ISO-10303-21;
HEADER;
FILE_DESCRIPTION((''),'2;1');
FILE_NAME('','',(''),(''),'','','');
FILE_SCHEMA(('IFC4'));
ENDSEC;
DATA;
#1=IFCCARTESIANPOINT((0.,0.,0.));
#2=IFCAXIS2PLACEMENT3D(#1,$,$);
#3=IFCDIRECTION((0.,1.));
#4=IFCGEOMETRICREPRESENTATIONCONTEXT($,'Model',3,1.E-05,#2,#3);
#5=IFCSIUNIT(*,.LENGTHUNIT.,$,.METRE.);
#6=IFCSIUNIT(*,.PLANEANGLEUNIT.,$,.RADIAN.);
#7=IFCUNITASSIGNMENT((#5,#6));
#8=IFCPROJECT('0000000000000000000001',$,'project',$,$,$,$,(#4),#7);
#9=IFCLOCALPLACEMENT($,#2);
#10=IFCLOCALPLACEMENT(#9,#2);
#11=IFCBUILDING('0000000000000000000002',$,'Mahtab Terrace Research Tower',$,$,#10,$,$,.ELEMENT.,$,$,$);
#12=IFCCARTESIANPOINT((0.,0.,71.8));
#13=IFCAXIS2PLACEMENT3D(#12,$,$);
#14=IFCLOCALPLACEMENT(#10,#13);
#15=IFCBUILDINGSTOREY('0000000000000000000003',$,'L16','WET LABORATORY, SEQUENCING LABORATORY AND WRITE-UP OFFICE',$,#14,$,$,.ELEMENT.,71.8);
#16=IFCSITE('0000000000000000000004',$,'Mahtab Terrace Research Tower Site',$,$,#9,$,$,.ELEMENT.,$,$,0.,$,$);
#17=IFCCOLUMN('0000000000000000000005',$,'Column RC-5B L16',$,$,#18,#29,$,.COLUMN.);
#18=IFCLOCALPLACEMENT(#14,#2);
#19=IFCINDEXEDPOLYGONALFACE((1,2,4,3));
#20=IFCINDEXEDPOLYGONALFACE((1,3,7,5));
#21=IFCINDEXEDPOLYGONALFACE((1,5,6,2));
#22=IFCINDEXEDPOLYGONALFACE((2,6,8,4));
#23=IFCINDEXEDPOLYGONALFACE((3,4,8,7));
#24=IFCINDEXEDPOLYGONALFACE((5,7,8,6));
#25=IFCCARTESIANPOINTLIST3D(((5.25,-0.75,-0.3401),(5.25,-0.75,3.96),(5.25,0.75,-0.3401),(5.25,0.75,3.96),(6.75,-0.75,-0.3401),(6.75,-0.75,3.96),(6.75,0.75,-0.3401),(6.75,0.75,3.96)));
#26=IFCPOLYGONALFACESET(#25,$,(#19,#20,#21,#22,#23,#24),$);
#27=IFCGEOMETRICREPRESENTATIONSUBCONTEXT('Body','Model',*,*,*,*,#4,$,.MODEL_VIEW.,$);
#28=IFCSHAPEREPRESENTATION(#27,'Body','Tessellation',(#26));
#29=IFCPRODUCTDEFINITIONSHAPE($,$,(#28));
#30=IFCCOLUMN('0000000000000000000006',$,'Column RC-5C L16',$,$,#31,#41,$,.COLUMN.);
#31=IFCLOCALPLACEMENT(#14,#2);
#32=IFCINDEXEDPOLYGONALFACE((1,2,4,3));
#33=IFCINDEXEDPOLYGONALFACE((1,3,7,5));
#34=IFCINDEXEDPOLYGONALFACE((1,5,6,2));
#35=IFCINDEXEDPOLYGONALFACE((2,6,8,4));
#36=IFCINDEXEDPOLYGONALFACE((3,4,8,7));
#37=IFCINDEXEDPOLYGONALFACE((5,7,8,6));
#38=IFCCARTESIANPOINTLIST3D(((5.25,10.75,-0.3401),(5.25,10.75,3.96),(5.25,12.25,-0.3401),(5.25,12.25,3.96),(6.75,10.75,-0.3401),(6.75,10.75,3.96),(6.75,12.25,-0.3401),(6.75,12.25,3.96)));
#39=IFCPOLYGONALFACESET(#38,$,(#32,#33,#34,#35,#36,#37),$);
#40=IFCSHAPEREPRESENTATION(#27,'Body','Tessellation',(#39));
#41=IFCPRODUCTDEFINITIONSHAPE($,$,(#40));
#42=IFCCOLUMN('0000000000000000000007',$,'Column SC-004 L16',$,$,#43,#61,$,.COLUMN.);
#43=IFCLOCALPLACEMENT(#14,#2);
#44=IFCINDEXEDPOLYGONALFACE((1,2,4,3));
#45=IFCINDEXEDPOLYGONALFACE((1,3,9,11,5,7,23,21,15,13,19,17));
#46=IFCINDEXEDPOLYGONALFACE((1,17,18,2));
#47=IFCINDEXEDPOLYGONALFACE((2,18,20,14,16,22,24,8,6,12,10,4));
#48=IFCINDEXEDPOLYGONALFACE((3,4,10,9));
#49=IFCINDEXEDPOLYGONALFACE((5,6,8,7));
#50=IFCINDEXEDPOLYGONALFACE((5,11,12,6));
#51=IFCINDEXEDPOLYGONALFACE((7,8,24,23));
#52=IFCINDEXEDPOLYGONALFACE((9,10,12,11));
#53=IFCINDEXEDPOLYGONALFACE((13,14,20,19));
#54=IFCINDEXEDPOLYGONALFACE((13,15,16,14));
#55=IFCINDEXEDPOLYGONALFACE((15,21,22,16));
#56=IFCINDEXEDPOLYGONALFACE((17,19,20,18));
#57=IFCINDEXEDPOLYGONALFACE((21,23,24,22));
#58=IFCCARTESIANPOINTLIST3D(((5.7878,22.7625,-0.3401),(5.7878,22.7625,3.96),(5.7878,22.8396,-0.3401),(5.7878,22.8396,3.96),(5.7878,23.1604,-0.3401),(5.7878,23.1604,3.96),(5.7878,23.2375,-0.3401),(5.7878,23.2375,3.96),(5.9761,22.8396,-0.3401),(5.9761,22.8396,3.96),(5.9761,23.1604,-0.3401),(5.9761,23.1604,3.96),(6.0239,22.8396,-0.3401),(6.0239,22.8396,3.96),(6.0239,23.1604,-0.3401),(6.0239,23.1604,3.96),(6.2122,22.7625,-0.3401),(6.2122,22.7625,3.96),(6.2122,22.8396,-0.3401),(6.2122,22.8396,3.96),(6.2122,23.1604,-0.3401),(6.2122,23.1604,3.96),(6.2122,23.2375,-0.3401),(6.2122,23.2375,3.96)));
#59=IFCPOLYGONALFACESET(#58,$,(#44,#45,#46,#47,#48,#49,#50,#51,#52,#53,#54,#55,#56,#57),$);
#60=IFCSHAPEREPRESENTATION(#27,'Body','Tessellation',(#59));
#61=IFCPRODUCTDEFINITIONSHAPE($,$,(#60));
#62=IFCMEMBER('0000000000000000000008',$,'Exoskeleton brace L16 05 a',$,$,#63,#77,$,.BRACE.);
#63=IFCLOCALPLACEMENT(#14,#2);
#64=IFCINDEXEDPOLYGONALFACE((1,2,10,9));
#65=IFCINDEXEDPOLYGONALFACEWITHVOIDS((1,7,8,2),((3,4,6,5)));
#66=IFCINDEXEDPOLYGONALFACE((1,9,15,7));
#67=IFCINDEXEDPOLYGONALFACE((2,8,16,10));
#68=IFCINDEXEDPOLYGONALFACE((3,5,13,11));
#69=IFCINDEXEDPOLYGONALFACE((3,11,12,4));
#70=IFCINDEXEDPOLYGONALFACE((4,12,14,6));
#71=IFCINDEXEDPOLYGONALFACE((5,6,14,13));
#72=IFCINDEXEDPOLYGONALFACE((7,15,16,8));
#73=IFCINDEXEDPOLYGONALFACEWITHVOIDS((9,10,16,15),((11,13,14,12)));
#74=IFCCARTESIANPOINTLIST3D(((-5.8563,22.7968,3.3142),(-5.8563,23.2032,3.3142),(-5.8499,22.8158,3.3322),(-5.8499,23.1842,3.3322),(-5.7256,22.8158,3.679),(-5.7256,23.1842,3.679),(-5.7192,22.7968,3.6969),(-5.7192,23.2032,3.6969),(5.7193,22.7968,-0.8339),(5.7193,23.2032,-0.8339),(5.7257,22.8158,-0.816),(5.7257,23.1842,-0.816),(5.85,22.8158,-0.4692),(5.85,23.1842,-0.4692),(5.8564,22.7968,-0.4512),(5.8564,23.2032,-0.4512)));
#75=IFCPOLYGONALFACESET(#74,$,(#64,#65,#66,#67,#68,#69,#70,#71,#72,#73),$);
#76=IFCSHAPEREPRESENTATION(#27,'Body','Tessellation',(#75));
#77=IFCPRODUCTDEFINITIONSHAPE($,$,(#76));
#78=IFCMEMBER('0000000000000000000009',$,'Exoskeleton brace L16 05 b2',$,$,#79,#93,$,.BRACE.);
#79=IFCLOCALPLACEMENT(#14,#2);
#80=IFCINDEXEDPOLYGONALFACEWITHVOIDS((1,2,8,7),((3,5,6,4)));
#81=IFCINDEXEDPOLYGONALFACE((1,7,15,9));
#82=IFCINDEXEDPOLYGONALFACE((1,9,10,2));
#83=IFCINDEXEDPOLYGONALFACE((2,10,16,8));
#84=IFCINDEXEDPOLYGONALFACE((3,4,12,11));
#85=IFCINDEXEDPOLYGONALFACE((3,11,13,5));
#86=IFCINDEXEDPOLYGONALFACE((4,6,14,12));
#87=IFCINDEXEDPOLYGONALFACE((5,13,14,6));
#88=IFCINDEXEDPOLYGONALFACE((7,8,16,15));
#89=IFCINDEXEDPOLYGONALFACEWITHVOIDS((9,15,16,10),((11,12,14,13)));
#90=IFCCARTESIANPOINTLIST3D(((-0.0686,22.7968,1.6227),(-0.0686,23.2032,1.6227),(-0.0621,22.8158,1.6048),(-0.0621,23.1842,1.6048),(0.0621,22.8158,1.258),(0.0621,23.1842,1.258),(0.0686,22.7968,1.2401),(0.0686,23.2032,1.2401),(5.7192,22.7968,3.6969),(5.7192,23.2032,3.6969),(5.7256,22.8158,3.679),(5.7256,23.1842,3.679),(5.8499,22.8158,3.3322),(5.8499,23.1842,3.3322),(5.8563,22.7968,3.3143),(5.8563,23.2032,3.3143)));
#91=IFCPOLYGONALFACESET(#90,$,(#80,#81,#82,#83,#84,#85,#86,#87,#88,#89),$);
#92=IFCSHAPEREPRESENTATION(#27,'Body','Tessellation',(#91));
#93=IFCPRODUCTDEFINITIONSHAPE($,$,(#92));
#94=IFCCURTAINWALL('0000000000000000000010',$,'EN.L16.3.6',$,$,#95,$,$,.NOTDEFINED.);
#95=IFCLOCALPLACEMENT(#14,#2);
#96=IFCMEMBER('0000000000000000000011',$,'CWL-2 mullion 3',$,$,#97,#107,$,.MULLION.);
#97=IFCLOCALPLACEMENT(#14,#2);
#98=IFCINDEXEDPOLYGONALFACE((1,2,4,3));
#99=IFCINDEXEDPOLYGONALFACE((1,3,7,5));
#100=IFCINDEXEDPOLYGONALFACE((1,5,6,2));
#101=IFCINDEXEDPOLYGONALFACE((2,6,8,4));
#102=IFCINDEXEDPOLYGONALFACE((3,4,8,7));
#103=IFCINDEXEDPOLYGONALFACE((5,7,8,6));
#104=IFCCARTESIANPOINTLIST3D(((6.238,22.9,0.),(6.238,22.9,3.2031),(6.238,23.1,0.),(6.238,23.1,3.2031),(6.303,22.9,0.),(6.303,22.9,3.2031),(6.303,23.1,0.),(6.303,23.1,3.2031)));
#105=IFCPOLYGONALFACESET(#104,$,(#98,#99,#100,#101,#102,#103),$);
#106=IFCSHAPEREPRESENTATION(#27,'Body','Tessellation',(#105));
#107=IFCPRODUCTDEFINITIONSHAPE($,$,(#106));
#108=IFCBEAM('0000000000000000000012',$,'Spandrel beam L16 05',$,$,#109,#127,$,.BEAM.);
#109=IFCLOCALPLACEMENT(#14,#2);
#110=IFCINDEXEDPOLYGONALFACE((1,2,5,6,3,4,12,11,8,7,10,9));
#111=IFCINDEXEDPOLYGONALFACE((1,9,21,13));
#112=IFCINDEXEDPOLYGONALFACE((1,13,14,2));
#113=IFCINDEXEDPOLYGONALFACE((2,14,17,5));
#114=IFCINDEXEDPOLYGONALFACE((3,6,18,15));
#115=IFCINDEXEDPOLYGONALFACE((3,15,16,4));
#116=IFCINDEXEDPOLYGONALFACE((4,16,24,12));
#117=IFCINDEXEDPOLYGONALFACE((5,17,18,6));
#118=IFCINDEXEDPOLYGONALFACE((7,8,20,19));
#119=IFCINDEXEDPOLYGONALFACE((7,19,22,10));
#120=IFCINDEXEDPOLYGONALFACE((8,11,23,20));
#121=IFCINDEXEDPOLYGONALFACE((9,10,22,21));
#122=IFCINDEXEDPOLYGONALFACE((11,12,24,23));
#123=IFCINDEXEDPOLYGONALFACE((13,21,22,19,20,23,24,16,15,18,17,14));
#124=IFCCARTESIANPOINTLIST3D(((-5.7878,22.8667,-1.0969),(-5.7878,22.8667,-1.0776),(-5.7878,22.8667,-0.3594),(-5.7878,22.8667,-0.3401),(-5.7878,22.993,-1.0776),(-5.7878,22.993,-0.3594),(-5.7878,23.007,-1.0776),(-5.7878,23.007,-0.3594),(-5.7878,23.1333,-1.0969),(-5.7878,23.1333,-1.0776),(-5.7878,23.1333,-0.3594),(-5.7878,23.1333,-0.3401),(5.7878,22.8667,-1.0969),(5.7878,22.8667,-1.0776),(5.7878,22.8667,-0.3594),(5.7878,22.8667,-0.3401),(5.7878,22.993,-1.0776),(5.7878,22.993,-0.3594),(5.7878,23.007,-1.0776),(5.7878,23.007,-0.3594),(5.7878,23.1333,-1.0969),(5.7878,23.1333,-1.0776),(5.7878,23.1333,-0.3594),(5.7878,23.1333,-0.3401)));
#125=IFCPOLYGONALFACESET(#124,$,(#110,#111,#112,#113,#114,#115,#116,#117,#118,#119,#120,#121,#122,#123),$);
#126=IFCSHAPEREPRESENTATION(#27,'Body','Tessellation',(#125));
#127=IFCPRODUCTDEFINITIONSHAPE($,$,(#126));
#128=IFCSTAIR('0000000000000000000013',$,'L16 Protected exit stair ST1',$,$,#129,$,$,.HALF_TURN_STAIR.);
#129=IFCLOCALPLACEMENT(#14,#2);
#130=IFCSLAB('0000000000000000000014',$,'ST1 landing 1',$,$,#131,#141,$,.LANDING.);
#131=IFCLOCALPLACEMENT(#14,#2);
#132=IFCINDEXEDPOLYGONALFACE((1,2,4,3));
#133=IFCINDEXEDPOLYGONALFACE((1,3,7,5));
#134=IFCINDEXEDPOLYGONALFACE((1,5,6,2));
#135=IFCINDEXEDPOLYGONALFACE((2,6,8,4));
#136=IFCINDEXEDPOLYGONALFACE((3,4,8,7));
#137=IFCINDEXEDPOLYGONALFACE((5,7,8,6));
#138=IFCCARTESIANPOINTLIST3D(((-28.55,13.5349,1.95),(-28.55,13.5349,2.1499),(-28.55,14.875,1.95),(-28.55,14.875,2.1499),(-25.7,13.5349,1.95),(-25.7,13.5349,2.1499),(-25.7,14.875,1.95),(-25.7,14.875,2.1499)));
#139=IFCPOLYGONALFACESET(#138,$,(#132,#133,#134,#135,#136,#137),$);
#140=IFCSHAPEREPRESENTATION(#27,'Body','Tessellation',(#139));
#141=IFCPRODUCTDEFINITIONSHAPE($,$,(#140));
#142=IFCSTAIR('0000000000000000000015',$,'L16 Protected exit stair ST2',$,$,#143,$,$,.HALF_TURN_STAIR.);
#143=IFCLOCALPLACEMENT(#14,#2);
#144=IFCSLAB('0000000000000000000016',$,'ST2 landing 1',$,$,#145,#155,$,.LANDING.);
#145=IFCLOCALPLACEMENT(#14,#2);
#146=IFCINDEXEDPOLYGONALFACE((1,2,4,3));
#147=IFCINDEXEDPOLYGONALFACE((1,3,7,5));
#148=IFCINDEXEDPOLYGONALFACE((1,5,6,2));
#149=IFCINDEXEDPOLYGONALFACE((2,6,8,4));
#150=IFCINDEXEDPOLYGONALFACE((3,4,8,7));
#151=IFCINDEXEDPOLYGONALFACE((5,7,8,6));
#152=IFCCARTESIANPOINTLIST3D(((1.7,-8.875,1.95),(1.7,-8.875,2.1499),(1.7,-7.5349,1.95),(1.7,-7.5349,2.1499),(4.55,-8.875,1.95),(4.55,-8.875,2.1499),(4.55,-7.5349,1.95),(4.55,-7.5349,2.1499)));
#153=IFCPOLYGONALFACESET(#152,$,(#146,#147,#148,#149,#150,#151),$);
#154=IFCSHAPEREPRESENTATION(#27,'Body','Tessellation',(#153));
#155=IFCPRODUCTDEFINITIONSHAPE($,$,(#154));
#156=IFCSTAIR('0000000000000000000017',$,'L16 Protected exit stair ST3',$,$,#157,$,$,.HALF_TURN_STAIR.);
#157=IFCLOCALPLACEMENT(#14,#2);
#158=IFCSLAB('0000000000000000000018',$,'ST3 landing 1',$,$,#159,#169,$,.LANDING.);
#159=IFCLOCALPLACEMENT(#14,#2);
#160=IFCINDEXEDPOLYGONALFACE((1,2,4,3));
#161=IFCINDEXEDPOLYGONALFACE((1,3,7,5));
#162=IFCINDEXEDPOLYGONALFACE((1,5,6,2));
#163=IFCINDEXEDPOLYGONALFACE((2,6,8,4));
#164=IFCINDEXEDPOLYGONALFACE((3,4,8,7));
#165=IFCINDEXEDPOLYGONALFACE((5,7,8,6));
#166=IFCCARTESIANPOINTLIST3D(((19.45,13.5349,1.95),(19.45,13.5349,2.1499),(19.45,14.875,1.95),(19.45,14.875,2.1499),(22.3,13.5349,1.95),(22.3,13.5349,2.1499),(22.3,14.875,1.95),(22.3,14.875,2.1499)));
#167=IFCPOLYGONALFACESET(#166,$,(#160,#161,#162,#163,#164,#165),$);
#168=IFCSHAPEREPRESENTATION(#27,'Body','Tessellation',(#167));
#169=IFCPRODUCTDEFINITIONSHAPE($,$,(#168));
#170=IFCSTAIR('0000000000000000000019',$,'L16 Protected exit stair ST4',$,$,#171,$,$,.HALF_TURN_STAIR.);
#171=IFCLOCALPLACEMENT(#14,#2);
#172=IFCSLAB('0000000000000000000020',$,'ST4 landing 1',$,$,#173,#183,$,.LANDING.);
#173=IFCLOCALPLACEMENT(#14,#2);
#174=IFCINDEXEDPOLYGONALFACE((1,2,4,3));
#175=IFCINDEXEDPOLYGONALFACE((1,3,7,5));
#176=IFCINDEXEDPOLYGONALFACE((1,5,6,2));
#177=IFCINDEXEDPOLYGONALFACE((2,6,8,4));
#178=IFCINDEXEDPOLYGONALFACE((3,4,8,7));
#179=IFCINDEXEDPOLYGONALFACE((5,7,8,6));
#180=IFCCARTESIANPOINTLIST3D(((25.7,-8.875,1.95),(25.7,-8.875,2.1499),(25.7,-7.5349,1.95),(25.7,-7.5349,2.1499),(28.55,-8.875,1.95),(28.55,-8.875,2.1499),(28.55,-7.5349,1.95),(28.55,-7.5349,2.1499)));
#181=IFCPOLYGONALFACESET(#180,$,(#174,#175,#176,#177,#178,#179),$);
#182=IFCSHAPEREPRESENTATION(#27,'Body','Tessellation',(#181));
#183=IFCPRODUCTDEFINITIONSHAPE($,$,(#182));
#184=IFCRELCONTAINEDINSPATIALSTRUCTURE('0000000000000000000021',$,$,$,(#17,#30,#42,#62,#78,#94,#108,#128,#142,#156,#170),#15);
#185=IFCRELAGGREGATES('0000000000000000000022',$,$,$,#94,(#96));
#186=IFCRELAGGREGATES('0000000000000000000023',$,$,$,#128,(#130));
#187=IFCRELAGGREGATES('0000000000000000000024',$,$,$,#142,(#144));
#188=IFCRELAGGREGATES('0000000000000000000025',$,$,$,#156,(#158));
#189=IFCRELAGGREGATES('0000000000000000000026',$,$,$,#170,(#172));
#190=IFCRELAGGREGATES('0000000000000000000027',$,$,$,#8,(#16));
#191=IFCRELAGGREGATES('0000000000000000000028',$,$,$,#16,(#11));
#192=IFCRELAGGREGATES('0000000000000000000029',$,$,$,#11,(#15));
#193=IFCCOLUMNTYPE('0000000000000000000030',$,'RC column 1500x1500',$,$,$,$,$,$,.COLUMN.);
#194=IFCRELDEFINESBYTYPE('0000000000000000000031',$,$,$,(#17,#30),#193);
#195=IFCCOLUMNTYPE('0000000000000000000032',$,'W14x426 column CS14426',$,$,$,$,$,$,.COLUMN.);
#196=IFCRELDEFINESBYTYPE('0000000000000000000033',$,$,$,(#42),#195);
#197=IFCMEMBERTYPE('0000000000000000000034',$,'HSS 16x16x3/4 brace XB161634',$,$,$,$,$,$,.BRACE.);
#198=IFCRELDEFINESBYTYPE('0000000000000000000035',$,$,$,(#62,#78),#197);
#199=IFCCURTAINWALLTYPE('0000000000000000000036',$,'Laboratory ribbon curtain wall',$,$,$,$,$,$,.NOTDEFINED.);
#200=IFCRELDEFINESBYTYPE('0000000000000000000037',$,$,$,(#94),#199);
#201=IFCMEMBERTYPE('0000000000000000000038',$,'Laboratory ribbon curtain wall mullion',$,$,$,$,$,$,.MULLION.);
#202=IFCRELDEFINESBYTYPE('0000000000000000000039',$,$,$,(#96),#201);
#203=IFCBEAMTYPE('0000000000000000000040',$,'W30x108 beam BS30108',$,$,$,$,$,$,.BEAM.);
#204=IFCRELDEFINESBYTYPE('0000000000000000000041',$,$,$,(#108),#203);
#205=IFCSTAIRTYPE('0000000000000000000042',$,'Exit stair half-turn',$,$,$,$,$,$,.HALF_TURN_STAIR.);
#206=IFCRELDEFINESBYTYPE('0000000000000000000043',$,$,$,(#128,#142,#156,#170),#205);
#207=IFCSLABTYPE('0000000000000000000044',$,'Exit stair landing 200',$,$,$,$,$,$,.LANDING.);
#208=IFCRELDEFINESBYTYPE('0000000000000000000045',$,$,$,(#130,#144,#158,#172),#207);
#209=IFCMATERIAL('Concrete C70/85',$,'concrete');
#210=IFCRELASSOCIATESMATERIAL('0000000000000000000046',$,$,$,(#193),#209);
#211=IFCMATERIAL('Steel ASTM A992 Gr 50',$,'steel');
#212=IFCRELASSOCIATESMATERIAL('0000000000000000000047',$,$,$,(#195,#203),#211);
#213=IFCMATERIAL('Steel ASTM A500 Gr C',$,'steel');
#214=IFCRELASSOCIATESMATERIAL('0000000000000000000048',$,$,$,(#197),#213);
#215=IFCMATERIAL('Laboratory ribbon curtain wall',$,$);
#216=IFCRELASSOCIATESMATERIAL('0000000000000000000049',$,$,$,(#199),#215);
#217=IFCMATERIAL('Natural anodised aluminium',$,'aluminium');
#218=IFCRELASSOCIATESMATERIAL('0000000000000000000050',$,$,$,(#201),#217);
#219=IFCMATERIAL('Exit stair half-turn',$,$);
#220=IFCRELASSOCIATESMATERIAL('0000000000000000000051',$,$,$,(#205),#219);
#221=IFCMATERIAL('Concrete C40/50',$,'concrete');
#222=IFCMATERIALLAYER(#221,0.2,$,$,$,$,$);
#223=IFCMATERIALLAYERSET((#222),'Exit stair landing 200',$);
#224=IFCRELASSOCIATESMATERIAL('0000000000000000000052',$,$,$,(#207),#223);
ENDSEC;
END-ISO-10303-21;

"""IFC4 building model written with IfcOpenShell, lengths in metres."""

from ifc_helpers import new_model, si_unit, direction, frame, origin, origin_2d, place, context, subcontext, project, spatial, polyline, rectangle, hollow_rectangle, i_section, outline, extrude, material, layer, layer_set, material_profile, profile_set, type_object, element, aggregate, save


model = new_model("IFC4")

# Units and contexts
model_context = context("Model", 3, precision=1e-05, world=origin(), true_north=direction((0.0, 1.0)))
body_context = subcontext(model_context, "Body", "Model", "MODEL_VIEW")
ifc_project = project(units=[si_unit("LENGTHUNIT", "METRE"), si_unit("PLANEANGLEUNIT", "RADIAN")], contexts=[model_context])

# Site, building, storey
site_placement = place(None, origin())
site = spatial("IfcSite", under=ifc_project, at=site_placement, Name="Mahtab Terrace Research Tower Site", CompositionType="ELEMENT", RefElevation=0.0)
building_placement = place(site_placement, origin())
building = spatial("IfcBuilding", under=site, at=building_placement, Name="Mahtab Terrace Research Tower", CompositionType="ELEMENT")
storey_placement = place(building_placement, frame((0.0, 0.0, 71.8)))
storey = spatial("IfcBuildingStorey", under=building, at=storey_placement, Name="L16", Description="WET LABORATORY, SEQUENCING LABORATORY AND WRITE-UP OFFICE", CompositionType="ELEMENT", Elevation=71.8)

# Columns
ifc_material_1 = material(Name="Concrete C70/85", Category="concrete")
ifc_material_profile_1 = material_profile(ifc_material_1, rectangle(XDim=1.5, YDim=1.5, at=origin_2d()), Name="RC column 1500x1500")
ifc_profile_set_1 = profile_set([ifc_material_profile_1], Name="Concrete C70/85")
column_type_1 = type_object("IfcColumnType", Name="RC column 1500x1500", PredefinedType="COLUMN", material=ifc_profile_set_1)
for number, where, z_axis, x_axis, name in (
    (1, (6.0, 0.0, -0.3401), (0.0, 0.0, 1.0), (1.0, 0.0, 0.0), "Column RC-5B L16"),
    (2, (6.0, 11.5, -0.3401), (0.0, 0.0, 1.0), (1.0, 0.0, 0.0), "Column RC-5C L16"),
):
    element("IfcColumn", number, at=place(storey_placement, frame(where, z_axis=z_axis, x_axis=x_axis)), inside=storey, type_object=column_type_1, Name=name, PredefinedType="COLUMN", context=body_context, shape_type="SweptSolid", body=[
        extrude(rectangle(XDim=1.5, YDim=1.5, at=origin_2d()), origin(), (0.0, 0.0, 1.0), 4.3),
    ])
ifc_material_2 = material(Name="Steel ASTM A992 Gr 50", Category="steel")
ifc_material_profile_2 = material_profile(ifc_material_2, i_section(OverallWidth=0.4243, OverallDepth=0.4751, WebThickness=0.0479, FlangeThickness=0.0771, at=origin_2d()), Name="W14X426")
ifc_profile_set_2 = profile_set([ifc_material_profile_2], Name="Steel ASTM A992 Gr 50")
column_type_2 = type_object("IfcColumnType", Name="W14x426 column CS14426", PredefinedType="COLUMN", material=ifc_profile_set_2)
column_placement = place(storey_placement, frame((6.0, 23.0, -0.3401), z_axis=(0.0, 0.0, 1.0), x_axis=(1.0, 0.0, 0.0)))
element("IfcColumn", 3, at=column_placement, inside=storey, type_object=column_type_2, Name="Column SC-004 L16", PredefinedType="COLUMN", context=body_context, shape_type="SweptSolid", body=[
    extrude(i_section(OverallWidth=0.4243, OverallDepth=0.4751, WebThickness=0.0479, FlangeThickness=0.0771, at=origin_2d()), origin(), (0.0, 0.0, 1.0), 4.3),
])

# Members
ifc_material_3 = material(Name="Steel ASTM A500 Gr C", Category="steel")
ifc_material_profile_3 = material_profile(ifc_material_3, hollow_rectangle(XDim=0.4065, YDim=0.4065, WallThickness=0.019, at=origin_2d()), Name="HSS16X16X3/4")
ifc_profile_set_3 = profile_set([ifc_material_profile_3], Name="Steel ASTM A500 Gr C")
member_type_1 = type_object("IfcMemberType", Name="HSS 16x16x3/4 brace XB161634", PredefinedType="BRACE", material=ifc_profile_set_3)
member_1_placement = place(storey_placement, frame((5.7878, 23.0, -0.6426), z_axis=(-0.94138, 0.0, 0.337347), x_axis=(0.0, -1.0, 0.0)))
element("IfcMember", 4, at=member_1_placement, inside=storey, type_object=member_type_1, Name="Exoskeleton brace L16 05 a", PredefinedType="BRACE", context=body_context, shape_type="SweptSolid", body=[
    extrude(hollow_rectangle(XDim=0.4065, YDim=0.4065, WallThickness=0.019, at=origin_2d()), origin(), (0.0, 0.0, 1.0), 12.2964),
])
member_2_placement = place(storey_placement, frame((0.0, 23.0, 1.4314), z_axis=(0.941374, 0.0, 0.337365), x_axis=(0.0, 1.0, 0.0)))
element("IfcMember", 5, at=member_2_placement, inside=storey, type_object=member_type_1, Name="Exoskeleton brace L16 05 b2", PredefinedType="BRACE", context=body_context, shape_type="SweptSolid", body=[
    extrude(hollow_rectangle(XDim=0.4065, YDim=0.4065, WallThickness=0.019, at=origin_2d()), origin(), (0.0, 0.0, 1.0), 6.1482),
])

# Curtain wall, member
ifc_material_4 = material(Name="Laboratory ribbon curtain wall")
curtain_wall_type = type_object("IfcCurtainWallType", Name="Laboratory ribbon curtain wall", PredefinedType="NOTDEFINED", material=ifc_material_4)
curtain_wall_placement = place(storey_placement, origin())
curtain_wall = element("IfcCurtainWall", 6, at=curtain_wall_placement, inside=storey, type_object=curtain_wall_type, Name="EN.L16.3.6", PredefinedType="NOTDEFINED")
ifc_material_5 = material(Name="Natural anodised aluminium", Category="aluminium")
ifc_material_profile_4 = material_profile(ifc_material_5, rectangle(XDim=0.2, YDim=0.0649, at=origin_2d()), Name="MULLION 65x200")
ifc_profile_set_4 = profile_set([ifc_material_profile_4], Name="Natural anodised aluminium")
member_type_2 = type_object("IfcMemberType", Name="Laboratory ribbon curtain wall mullion", PredefinedType="MULLION", material=ifc_profile_set_4)
member_3_placement = place(storey_placement, frame((6.2705, 23.0, 0.0), z_axis=(0.0, 0.0, 1.0), x_axis=(0.0, -1.0, 0.0)))
member_3 = element("IfcMember", 7, at=member_3_placement, type_object=member_type_2, Name="CWL-2 mullion 3", PredefinedType="MULLION", context=body_context, shape_type="SweptSolid", body=[
    extrude(rectangle(XDim=0.2, YDim=0.0649, at=origin_2d()), origin(), (0.0, 0.0, 1.0), 3.2031),
])
aggregate(curtain_wall, [member_3])

# Beam
ifc_material_profile_5 = material_profile(ifc_material_2, i_section(OverallWidth=0.2666, OverallDepth=0.7568, WebThickness=0.0139, FlangeThickness=0.0193, at=origin_2d()), Name="W30X108")
ifc_profile_set_5 = profile_set([ifc_material_profile_5], Name="Steel ASTM A992 Gr 50")
beam_type = type_object("IfcBeamType", Name="W30x108 beam BS30108", PredefinedType="BEAM", material=ifc_profile_set_5)
beam_placement = place(storey_placement, frame((5.7878, 23.0, -0.7185), z_axis=(-1.0, 0.0, 0.0), x_axis=(0.0, -1.0, 0.0)))
element("IfcBeam", 8, at=beam_placement, inside=storey, type_object=beam_type, Name="Spandrel beam L16 05", PredefinedType="BEAM", context=body_context, shape_type="SweptSolid", body=[
    extrude(i_section(OverallWidth=0.2666, OverallDepth=0.7568, WebThickness=0.0139, FlangeThickness=0.0193, at=origin_2d()), origin(), (0.0, 0.0, 1.0), 11.5757),
])

# Stairs, slabs
ifc_material_6 = material(Name="Exit stair half-turn")
stair_type = type_object("IfcStairType", Name="Exit stair half-turn", PredefinedType="HALF_TURN_STAIR", material=ifc_material_6)
stair_1_placement = place(storey_placement, origin())
stair_1 = element("IfcStair", 9, at=stair_1_placement, inside=storey, type_object=stair_type, Name="L16 Protected exit stair ST1", PredefinedType="HALF_TURN_STAIR")
ifc_material_7 = material(Name="Concrete C40/50", Category="concrete")
ifc_layer_1 = layer(ifc_material_7, 0.2)
ifc_layer_set_1 = layer_set([ifc_layer_1], Name="Exit stair landing 200")
slab_type = type_object("IfcSlabType", Name="Exit stair landing 200", PredefinedType="LANDING", material=ifc_layer_set_1)
slab_1_placement = place(storey_placement, frame((0.0, 0.0, 1.95)))
slab_1 = element("IfcSlab", 10, at=slab_1_placement, type_object=slab_type, Name="ST1 landing 1", PredefinedType="LANDING", context=body_context, shape_type="SweptSolid", body=[
    extrude(outline(polyline([(-25.7, 13.5349), (-25.7, 14.875), (-28.55, 14.875), (-28.55, 13.5349), (-25.7, 13.5349)])), origin(), (0.0, 0.0, 1.0), 0.2),
])
aggregate(stair_1, [slab_1])
stair_2_placement = place(storey_placement, origin())
stair_2 = element("IfcStair", 11, at=stair_2_placement, inside=storey, type_object=stair_type, Name="L16 Protected exit stair ST2", PredefinedType="HALF_TURN_STAIR")
slab_2_placement = place(storey_placement, frame((0.0, 0.0, 1.95)))
slab_2 = element("IfcSlab", 12, at=slab_2_placement, type_object=slab_type, Name="ST2 landing 1", PredefinedType="LANDING", context=body_context, shape_type="SweptSolid", body=[
    extrude(outline(polyline([(1.7, -7.5349), (1.7, -8.875), (4.55, -8.875), (4.55, -7.5349), (1.7, -7.5349)])), origin(), (0.0, 0.0, 1.0), 0.2),
])
aggregate(stair_2, [slab_2])
stair_3_placement = place(storey_placement, origin())
stair_3 = element("IfcStair", 13, at=stair_3_placement, inside=storey, type_object=stair_type, Name="L16 Protected exit stair ST3", PredefinedType="HALF_TURN_STAIR")
slab_3_placement = place(storey_placement, frame((0.0, 0.0, 1.95)))
slab_3 = element("IfcSlab", 14, at=slab_3_placement, type_object=slab_type, Name="ST3 landing 1", PredefinedType="LANDING", context=body_context, shape_type="SweptSolid", body=[
    extrude(outline(polyline([(22.3, 13.5349), (22.3, 14.875), (19.45, 14.875), (19.45, 13.5349), (22.3, 13.5349)])), origin(), (0.0, 0.0, 1.0), 0.2),
])
aggregate(stair_3, [slab_3])
stair_4_placement = place(storey_placement, origin())
stair_4 = element("IfcStair", 15, at=stair_4_placement, inside=storey, type_object=stair_type, Name="L16 Protected exit stair ST4", PredefinedType="HALF_TURN_STAIR")
slab_4_placement = place(storey_placement, frame((0.0, 0.0, 1.95)))
slab_4 = element("IfcSlab", 16, at=slab_4_placement, type_object=slab_type, Name="ST4 landing 1", PredefinedType="LANDING", context=body_context, shape_type="SweptSolid", body=[
    extrude(outline(polyline([(25.7, -7.5349), (25.7, -8.875), (28.55, -8.875), (28.55, -7.5349), (25.7, -7.5349)])), origin(), (0.0, 0.0, 1.0), 0.2),
])
aggregate(stair_4, [slab_4])

save(model, "model.ifc")
